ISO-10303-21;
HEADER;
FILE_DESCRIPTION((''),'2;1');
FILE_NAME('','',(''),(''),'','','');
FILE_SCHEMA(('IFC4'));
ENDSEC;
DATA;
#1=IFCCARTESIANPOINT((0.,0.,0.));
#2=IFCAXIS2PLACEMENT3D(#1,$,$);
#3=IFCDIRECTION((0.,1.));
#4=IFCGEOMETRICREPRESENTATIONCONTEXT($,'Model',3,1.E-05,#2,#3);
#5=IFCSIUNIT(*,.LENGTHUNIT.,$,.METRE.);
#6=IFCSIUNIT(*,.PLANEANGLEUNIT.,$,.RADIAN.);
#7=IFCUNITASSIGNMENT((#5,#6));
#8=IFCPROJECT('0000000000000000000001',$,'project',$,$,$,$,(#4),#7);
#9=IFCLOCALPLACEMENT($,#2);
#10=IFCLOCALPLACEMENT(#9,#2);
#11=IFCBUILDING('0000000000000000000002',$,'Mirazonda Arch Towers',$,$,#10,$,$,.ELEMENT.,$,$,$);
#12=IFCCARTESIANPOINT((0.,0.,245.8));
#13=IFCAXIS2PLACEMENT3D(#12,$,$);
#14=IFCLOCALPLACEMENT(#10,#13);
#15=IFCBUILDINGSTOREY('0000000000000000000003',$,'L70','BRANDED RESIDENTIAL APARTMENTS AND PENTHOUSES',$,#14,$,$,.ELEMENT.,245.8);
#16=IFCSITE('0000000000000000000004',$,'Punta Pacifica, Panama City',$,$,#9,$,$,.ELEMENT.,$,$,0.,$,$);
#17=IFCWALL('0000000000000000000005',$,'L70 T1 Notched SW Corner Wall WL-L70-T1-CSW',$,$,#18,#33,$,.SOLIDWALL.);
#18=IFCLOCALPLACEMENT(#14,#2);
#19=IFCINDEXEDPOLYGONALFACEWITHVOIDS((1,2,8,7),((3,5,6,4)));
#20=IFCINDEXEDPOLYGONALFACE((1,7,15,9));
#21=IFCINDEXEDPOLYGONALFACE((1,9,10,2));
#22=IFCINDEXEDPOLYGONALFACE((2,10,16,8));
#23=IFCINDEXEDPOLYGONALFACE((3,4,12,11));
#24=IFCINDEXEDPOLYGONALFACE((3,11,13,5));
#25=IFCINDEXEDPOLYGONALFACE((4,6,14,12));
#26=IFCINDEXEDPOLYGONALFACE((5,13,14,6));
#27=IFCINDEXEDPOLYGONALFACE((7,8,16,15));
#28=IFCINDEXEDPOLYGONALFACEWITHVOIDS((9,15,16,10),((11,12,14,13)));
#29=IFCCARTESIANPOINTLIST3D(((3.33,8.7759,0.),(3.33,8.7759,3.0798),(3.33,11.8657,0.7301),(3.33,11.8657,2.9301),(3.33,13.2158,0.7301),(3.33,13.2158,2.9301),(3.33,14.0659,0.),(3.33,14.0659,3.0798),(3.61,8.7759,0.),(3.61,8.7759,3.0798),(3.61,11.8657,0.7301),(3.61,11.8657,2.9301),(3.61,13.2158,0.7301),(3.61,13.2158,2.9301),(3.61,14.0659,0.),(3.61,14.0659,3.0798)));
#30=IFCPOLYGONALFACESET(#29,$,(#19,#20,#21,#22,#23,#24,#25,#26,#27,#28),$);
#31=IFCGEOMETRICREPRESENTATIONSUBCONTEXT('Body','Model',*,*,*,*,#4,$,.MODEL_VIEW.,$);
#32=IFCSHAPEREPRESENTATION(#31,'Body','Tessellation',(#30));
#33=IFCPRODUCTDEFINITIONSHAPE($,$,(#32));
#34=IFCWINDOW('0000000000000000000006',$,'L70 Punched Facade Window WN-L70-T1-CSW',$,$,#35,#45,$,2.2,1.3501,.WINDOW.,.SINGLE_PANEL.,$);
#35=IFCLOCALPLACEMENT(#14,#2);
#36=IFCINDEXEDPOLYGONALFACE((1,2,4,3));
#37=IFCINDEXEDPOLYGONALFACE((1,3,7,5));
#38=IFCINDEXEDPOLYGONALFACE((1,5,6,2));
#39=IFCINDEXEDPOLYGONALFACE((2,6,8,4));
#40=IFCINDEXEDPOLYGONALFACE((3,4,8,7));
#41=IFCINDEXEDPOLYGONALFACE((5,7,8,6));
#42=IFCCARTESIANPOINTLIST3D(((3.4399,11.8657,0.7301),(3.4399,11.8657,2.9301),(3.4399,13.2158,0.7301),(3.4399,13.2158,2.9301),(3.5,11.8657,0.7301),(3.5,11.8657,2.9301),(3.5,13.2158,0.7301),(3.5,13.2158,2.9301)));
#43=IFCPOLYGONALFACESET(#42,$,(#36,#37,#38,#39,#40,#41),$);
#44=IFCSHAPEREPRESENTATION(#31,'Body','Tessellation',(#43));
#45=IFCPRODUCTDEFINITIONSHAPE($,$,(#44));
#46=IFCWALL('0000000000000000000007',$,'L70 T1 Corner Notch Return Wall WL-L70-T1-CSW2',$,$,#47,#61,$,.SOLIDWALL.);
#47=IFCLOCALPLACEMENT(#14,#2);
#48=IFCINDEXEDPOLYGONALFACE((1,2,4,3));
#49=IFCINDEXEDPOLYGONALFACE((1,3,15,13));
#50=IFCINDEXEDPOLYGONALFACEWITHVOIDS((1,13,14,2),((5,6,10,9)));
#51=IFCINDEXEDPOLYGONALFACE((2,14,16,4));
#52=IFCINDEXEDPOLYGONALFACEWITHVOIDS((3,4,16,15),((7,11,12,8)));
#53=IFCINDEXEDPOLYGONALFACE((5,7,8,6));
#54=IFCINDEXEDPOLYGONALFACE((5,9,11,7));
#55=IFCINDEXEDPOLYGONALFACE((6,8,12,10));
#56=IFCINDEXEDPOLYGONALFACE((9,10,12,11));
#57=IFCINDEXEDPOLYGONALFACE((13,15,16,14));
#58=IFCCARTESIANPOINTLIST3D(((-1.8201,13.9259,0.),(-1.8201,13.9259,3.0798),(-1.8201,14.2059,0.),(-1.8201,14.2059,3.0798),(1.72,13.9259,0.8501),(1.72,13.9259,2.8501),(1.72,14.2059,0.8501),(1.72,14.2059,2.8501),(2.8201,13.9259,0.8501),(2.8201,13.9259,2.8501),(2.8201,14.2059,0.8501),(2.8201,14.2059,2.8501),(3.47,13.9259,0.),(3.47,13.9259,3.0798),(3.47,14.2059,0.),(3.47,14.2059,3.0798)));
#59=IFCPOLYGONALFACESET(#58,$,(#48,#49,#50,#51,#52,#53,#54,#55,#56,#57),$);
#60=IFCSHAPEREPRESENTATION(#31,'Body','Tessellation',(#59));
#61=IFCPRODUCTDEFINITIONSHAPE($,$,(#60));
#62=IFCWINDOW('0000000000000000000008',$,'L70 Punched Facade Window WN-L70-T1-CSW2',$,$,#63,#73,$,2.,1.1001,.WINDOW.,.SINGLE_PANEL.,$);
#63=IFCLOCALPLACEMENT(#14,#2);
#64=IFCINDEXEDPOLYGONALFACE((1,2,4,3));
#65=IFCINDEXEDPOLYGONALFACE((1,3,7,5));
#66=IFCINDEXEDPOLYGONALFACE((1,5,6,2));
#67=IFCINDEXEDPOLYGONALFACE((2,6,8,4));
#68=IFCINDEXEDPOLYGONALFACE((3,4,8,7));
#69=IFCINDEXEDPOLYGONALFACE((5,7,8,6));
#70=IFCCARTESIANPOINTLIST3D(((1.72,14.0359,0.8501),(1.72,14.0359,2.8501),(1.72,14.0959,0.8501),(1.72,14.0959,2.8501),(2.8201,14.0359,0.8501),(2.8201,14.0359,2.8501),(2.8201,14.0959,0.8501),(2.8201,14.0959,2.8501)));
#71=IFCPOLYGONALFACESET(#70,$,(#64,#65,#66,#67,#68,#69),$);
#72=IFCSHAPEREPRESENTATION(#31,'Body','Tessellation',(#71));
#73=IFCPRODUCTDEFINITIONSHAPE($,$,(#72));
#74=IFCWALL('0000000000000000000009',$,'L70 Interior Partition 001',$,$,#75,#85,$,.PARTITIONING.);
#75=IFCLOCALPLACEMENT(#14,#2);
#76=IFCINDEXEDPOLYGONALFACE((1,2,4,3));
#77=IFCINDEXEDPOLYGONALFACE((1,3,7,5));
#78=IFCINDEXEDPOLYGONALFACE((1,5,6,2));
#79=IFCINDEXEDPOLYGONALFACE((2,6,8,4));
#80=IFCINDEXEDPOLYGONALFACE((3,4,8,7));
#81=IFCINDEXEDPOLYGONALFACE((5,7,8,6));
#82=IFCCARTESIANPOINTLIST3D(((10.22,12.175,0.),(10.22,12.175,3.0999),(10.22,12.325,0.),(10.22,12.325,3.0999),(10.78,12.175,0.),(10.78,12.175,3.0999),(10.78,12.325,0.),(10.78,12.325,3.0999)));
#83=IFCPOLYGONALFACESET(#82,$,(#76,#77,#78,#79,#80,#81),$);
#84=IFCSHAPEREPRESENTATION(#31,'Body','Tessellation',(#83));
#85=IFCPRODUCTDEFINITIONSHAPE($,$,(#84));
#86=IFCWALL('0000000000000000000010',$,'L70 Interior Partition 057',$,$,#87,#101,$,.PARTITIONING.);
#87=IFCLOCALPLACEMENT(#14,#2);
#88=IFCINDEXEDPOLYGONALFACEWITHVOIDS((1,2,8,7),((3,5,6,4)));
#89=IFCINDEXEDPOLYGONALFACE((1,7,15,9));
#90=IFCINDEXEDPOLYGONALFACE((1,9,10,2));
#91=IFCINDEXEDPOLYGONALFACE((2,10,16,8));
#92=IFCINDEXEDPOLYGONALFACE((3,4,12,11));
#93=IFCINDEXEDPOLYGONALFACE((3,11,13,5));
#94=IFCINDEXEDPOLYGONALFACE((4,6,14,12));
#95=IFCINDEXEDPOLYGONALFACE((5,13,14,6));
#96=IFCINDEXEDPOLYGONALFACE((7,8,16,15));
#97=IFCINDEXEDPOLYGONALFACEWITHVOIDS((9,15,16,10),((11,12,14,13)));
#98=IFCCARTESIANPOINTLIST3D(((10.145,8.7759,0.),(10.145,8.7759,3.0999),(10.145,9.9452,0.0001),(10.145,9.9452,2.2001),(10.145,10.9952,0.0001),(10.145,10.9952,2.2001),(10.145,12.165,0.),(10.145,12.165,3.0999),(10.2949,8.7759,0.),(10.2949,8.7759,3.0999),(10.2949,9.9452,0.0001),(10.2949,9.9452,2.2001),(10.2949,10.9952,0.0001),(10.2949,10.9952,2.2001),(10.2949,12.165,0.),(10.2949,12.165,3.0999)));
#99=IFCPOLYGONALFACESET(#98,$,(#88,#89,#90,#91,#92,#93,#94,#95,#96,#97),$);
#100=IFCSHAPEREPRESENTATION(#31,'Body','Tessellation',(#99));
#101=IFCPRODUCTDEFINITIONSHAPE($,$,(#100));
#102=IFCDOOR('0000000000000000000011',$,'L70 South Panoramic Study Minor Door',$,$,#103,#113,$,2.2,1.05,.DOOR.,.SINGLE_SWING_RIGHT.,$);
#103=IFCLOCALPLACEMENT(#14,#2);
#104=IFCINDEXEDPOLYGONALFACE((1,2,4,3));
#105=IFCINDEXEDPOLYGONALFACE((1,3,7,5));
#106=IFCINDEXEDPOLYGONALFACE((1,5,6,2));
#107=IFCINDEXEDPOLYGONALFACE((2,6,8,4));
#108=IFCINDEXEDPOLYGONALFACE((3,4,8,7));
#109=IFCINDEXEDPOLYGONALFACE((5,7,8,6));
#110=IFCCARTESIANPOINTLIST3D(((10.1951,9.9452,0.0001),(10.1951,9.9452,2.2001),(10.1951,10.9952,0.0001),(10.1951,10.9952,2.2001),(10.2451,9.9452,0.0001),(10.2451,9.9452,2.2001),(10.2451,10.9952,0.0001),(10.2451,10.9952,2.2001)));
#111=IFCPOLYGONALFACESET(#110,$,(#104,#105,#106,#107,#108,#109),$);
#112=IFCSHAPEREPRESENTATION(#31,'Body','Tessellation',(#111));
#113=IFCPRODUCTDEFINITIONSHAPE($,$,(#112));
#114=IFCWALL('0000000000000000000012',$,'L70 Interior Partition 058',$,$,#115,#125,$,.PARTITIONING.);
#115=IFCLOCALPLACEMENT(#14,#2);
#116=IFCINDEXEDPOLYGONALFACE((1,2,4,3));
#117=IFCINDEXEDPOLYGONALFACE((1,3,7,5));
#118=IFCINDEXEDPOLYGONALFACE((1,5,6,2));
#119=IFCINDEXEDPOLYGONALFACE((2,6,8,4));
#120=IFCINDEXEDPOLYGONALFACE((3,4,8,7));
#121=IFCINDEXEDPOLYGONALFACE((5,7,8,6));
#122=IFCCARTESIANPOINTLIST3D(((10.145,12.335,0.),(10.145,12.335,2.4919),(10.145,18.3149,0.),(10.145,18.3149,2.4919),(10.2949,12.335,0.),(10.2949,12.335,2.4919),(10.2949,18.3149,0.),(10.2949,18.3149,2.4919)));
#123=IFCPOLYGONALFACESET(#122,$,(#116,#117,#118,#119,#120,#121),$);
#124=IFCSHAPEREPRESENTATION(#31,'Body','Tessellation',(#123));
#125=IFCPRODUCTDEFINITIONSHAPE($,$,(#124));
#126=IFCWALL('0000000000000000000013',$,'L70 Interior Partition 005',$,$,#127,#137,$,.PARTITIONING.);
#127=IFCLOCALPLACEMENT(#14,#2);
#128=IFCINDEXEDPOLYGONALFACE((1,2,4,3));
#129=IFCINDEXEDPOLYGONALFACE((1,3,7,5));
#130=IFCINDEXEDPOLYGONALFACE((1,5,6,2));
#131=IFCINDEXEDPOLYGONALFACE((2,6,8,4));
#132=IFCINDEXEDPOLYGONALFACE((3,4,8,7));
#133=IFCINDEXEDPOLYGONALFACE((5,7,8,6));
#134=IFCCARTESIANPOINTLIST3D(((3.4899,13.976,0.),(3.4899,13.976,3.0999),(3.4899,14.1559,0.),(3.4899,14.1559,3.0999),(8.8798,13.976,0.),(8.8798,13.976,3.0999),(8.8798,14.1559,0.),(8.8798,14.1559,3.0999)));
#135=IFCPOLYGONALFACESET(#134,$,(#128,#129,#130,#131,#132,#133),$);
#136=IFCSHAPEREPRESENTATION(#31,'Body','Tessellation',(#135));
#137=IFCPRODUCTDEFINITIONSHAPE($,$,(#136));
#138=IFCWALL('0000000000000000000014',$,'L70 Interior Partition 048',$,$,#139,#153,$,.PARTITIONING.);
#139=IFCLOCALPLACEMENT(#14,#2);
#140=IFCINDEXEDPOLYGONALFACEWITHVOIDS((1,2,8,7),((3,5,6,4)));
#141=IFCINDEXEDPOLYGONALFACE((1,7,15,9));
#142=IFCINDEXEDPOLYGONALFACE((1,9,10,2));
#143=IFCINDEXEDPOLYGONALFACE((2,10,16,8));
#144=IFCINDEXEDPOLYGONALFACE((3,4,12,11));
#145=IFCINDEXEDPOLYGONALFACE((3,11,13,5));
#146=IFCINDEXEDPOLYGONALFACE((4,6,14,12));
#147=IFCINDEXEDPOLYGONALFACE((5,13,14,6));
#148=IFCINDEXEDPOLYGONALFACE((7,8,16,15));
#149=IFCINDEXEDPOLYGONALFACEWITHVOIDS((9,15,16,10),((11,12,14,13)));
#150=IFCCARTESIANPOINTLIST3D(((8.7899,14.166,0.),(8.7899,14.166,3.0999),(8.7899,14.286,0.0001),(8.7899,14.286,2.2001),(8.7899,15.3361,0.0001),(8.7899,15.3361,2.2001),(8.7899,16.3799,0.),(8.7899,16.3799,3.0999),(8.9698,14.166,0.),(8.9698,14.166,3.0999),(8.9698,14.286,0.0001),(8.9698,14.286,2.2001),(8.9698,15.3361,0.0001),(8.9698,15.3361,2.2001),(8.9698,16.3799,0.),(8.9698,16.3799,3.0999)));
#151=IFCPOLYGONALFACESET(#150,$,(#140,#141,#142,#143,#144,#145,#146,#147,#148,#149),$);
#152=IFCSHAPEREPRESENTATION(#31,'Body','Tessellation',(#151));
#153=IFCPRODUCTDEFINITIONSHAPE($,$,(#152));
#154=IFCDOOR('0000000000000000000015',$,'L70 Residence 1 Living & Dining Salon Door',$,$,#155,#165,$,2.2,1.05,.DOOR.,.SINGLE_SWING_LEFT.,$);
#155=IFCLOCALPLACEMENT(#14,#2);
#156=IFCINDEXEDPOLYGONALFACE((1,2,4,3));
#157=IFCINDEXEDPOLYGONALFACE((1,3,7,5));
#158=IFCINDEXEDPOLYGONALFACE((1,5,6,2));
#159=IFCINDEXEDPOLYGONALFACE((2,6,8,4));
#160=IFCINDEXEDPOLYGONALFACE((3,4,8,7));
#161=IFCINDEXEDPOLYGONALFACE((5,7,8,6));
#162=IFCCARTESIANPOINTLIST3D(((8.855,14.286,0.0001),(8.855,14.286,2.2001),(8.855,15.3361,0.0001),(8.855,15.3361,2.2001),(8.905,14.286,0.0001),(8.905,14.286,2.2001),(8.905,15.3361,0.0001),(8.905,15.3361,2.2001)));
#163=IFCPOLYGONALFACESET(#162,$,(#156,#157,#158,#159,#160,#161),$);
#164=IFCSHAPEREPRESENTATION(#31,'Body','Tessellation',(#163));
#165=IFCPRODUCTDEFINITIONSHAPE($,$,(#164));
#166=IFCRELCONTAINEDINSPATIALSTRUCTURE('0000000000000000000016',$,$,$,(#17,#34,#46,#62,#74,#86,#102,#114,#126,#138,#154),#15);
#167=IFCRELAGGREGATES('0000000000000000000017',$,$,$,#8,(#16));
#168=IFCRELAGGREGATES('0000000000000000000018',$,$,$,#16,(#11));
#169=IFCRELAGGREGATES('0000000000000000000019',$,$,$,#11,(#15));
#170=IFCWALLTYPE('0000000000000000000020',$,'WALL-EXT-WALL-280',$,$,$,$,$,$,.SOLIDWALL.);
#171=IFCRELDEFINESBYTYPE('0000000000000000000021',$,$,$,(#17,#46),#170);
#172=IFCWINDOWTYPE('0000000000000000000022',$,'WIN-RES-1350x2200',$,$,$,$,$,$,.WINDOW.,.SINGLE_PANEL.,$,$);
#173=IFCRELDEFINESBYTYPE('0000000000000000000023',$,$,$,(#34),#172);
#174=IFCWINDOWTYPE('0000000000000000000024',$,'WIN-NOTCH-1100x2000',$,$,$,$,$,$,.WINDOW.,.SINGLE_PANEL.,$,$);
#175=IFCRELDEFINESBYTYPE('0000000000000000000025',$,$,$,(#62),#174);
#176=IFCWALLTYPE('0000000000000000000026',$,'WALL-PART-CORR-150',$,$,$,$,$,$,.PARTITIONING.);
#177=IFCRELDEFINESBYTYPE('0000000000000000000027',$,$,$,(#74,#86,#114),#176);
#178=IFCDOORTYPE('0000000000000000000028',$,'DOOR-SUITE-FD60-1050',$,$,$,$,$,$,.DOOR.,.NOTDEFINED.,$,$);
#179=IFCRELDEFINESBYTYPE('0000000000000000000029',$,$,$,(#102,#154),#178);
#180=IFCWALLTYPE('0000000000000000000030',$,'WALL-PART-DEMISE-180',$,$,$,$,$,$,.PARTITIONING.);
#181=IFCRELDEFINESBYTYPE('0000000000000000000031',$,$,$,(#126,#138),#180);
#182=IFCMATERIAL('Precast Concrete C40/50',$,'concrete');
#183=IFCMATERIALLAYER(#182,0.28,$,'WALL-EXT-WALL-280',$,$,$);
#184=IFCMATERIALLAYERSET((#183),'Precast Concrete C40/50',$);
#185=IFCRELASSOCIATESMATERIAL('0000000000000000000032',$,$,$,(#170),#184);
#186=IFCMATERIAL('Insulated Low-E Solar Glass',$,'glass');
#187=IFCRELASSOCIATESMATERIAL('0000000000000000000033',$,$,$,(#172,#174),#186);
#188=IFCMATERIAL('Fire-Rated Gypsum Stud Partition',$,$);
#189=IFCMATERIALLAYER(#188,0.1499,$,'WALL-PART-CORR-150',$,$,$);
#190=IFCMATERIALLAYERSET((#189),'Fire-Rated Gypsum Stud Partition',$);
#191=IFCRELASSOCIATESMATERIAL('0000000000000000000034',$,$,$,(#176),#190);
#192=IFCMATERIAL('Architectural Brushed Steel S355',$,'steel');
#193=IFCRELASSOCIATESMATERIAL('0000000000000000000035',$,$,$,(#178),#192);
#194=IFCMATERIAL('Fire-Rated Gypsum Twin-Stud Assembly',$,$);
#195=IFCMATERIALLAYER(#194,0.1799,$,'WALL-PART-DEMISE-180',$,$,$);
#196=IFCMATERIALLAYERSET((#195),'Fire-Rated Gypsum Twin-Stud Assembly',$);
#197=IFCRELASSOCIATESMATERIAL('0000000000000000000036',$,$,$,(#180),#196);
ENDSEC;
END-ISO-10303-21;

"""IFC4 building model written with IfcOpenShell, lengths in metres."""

from ifc_helpers import new_model, si_unit, direction, frame, frame_2d, origin, place, context, subcontext, project, spatial, rectangle, extrude, material, layer, layer_set, type_object, element, fill, save


model = new_model("IFC4")

# Units and contexts
model_context = context("Model", 3, precision=1e-05, world=origin(), true_north=direction((0.0, 1.0)))
body_context = subcontext(model_context, "Body", "Model", "MODEL_VIEW")
ifc_project = project(units=[si_unit("LENGTHUNIT", "METRE"), si_unit("PLANEANGLEUNIT", "RADIAN")], contexts=[model_context])

# Site, building, storey
site_placement = place(None, origin())
site = spatial("IfcSite", under=ifc_project, at=site_placement, Name="Punta Pacifica, Panama City", CompositionType="ELEMENT", RefElevation=0.0)
building_placement = place(site_placement, origin())
building = spatial("IfcBuilding", under=site, at=building_placement, Name="Mirazonda Arch Towers", CompositionType="ELEMENT")
storey_placement = place(building_placement, frame((0.0, 0.0, 245.8)))
storey = spatial("IfcBuildingStorey", under=building, at=storey_placement, Name="L70", Description="BRANDED RESIDENTIAL APARTMENTS AND PENTHOUSES", CompositionType="ELEMENT", Elevation=245.8)

# Shared definitions
ifc_material_1 = material(Name="Insulated Low-E Solar Glass", Category="glass")

# Walls, openings, windows
ifc_material_2 = material(Name="Precast Concrete C40/50", Category="concrete")
ifc_layer_1 = layer(ifc_material_2, 0.28, Name="WALL-EXT-WALL-280")
ifc_layer_set_1 = layer_set([ifc_layer_1], Name="Precast Concrete C40/50")
wall_type_1 = type_object("IfcWallType", Name="WALL-EXT-WALL-280", PredefinedType="SOLIDWALL", material=ifc_layer_set_1)
wall_1_placement = place(storey_placement, frame((3.47, 14.0659, 0.0), z_axis=(0.0, 0.0, 1.0), x_axis=(0.0, -1.0, 0.0)))
wall_1 = element("IfcWall", 1, at=wall_1_placement, inside=storey, type_object=wall_type_1, Name="L70 T1 Notched SW Corner Wall WL-L70-T1-CSW", PredefinedType="SOLIDWALL", context=body_context, shape_type="SweptSolid", body=[
    extrude(rectangle(XDim=5.29, YDim=0.28, at=frame_2d((2.645, 0.0))), origin(), (0.0, 0.0, 1.0), 3.0798),
])
opening_1_placement = place(wall_1_placement, frame((0.8501, 0.0, 0.73)))
opening_1 = element("IfcOpeningElement", 2, at=opening_1_placement, cuts=wall_1, PredefinedType="OPENING", context=body_context, shape_type="SweptSolid", body=[
    extrude(rectangle(XDim=1.3501, YDim=2.2, at=frame_2d((0.675, 1.1001))), frame((0.0, 0.1499, 0.0), z_axis=(0.0, -1.0, 0.0), x_axis=(1.0, 0.0, 0.0)), (0.0, 0.0, 1.0), 0.3),
])
window_type_1 = type_object("IfcWindowType", Name="WIN-RES-1350x2200", PartitioningType="SINGLE_PANEL", PredefinedType="WINDOW", material=ifc_material_1)
window_1_placement = place(opening_1_placement, origin())
window_1 = element("IfcWindow", 3, at=window_1_placement, inside=storey, type_object=window_type_1, Name="L70 Punched Facade Window WN-L70-T1-CSW", OverallHeight=2.2, OverallWidth=1.3501, PartitioningType="SINGLE_PANEL", PredefinedType="WINDOW", context=body_context, shape_type="SweptSolid", body=[
    extrude(rectangle(XDim=1.3501, YDim=2.2, at=frame_2d((0.675, 1.1001))), frame((0.0, 0.03, 0.0), z_axis=(0.0, -1.0, 0.0), x_axis=(1.0, 0.0, 0.0)), (0.0, 0.0, 1.0), 0.0601),
])
fill(opening_1, window_1)
wall_2_placement = place(storey_placement, frame((-1.8201, 14.0659, 0.0), z_axis=(0.0, 0.0, 1.0), x_axis=(1.0, 0.0, 0.0)))
wall_2 = element("IfcWall", 4, at=wall_2_placement, inside=storey, type_object=wall_type_1, Name="L70 T1 Corner Notch Return Wall WL-L70-T1-CSW2", PredefinedType="SOLIDWALL", context=body_context, shape_type="SweptSolid", body=[
    extrude(rectangle(XDim=5.29, YDim=0.28, at=frame_2d((2.645, 0.0))), origin(), (0.0, 0.0, 1.0), 3.0798),
])
opening_2_placement = place(wall_2_placement, frame((3.54, 0.0, 0.8501)))
opening_2 = element("IfcOpeningElement", 5, at=opening_2_placement, cuts=wall_2, PredefinedType="OPENING", context=body_context, shape_type="SweptSolid", body=[
    extrude(rectangle(XDim=1.1001, YDim=2.0, at=frame_2d((0.55, 1.0))), frame((0.0, 0.1499, 0.0), z_axis=(0.0, -1.0, 0.0), x_axis=(1.0, 0.0, 0.0)), (0.0, 0.0, 1.0), 0.3),
])
window_type_2 = type_object("IfcWindowType", Name="WIN-NOTCH-1100x2000", PartitioningType="SINGLE_PANEL", PredefinedType="WINDOW", material=ifc_material_1)
window_2_placement = place(opening_2_placement, origin())
window_2 = element("IfcWindow", 6, at=window_2_placement, inside=storey, type_object=window_type_2, Name="L70 Punched Facade Window WN-L70-T1-CSW2", OverallHeight=2.0, OverallWidth=1.1001, PartitioningType="SINGLE_PANEL", PredefinedType="WINDOW", context=body_context, shape_type="SweptSolid", body=[
    extrude(rectangle(XDim=1.1001, YDim=2.0, at=frame_2d((0.55, 1.0))), frame((0.0, 0.03, 0.0), z_axis=(0.0, -1.0, 0.0), x_axis=(1.0, 0.0, 0.0)), (0.0, 0.0, 1.0), 0.0601),
])
fill(opening_2, window_2)

# Wall
ifc_material_3 = material(Name="Fire-Rated Gypsum Stud Partition")
ifc_layer_2 = layer(ifc_material_3, 0.1499, Name="WALL-PART-CORR-150")
ifc_layer_set_2 = layer_set([ifc_layer_2], Name="Fire-Rated Gypsum Stud Partition")
wall_type_2 = type_object("IfcWallType", Name="WALL-PART-CORR-150", PredefinedType="PARTITIONING", material=ifc_layer_set_2)
wall_3_placement = place(storey_placement, frame((10.22, 12.25, 0.0), z_axis=(0.0, 0.0, 1.0), x_axis=(1.0, 0.0, 0.0)))
element("IfcWall", 7, at=wall_3_placement, inside=storey, type_object=wall_type_2, Name="L70 Interior Partition 001", PredefinedType="PARTITIONING", context=body_context, shape_type="SweptSolid", body=[
    extrude(rectangle(XDim=0.5601, YDim=0.1499, at=frame_2d((0.28, 0.0))), origin(), (0.0, 0.0, 1.0), 3.0999),
])

# Wall, opening, door
wall_4_placement = place(storey_placement, frame((10.22, 8.7759, 0.0), z_axis=(0.0, 0.0, 1.0), x_axis=(0.0, 1.0, 0.0)))
wall_4 = element("IfcWall", 8, at=wall_4_placement, inside=storey, type_object=wall_type_2, Name="L70 Interior Partition 057", PredefinedType="PARTITIONING", context=body_context, shape_type="SweptSolid", body=[
    extrude(rectangle(XDim=3.3892, YDim=0.1499, at=frame_2d((1.6946, 0.0))), origin(), (0.0, 0.0, 1.0), 3.0999),
])
opening_3_placement = place(wall_4_placement, frame((1.1694, 0.0, 0.0)))
opening_3 = element("IfcOpeningElement", 9, at=opening_3_placement, cuts=wall_4, PredefinedType="OPENING", context=body_context, shape_type="SweptSolid", body=[
    extrude(rectangle(XDim=1.05, YDim=2.2, at=frame_2d((0.5249, 1.1001))), frame((0.0, 0.085, 0.0), z_axis=(0.0, -1.0, 0.0), x_axis=(1.0, 0.0, 0.0)), (0.0, 0.0, 1.0), 0.1699),
])
ifc_material_4 = material(Name="Architectural Brushed Steel S355", Category="steel")
door_type_1 = type_object("IfcDoorType", Name="DOOR-SUITE-FD60-1050", OperationType="NOTDEFINED", PredefinedType="DOOR", material=ifc_material_4)
door_1_placement = place(opening_3_placement, origin())
door_1 = element("IfcDoor", 10, at=door_1_placement, inside=storey, type_object=door_type_1, Name="L70 South Panoramic Study Minor Door", OperationType="SINGLE_SWING_RIGHT", OverallHeight=2.2, OverallWidth=1.05, PredefinedType="DOOR", context=body_context, shape_type="SweptSolid", body=[
    extrude(rectangle(XDim=1.05, YDim=2.2, at=frame_2d((0.5249, 1.1001))), frame((0.0, 0.0249, 0.0), z_axis=(0.0, -1.0, 0.0), x_axis=(1.0, 0.0, 0.0)), (0.0, 0.0, 1.0), 0.05),
])
fill(opening_3, door_1)

# Walls
wall_5_placement = place(storey_placement, frame((10.22, 12.335, 0.0), z_axis=(0.0, 0.0, 1.0), x_axis=(0.0, 1.0, 0.0)))
element("IfcWall", 11, at=wall_5_placement, inside=storey, type_object=wall_type_2, Name="L70 Interior Partition 058", PredefinedType="PARTITIONING", context=body_context, shape_type="SweptSolid", body=[
    extrude(rectangle(XDim=5.98, YDim=0.1499, at=frame_2d((2.99, 0.0))), origin(), (0.0, 0.0, 1.0), 2.4919),
])
ifc_material_5 = material(Name="Fire-Rated Gypsum Twin-Stud Assembly")
ifc_layer_3 = layer(ifc_material_5, 0.1799, Name="WALL-PART-DEMISE-180")
ifc_layer_set_3 = layer_set([ifc_layer_3], Name="Fire-Rated Gypsum Twin-Stud Assembly")
wall_type_3 = type_object("IfcWallType", Name="WALL-PART-DEMISE-180", PredefinedType="PARTITIONING", material=ifc_layer_set_3)
wall_6_placement = place(storey_placement, frame((3.49, 14.0659, 0.0), z_axis=(0.0, 0.0, 1.0), x_axis=(1.0, 0.0, 0.0)))
element("IfcWall", 12, at=wall_6_placement, inside=storey, type_object=wall_type_3, Name="L70 Interior Partition 005", PredefinedType="PARTITIONING", context=body_context, shape_type="SweptSolid", body=[
    extrude(rectangle(XDim=5.3899, YDim=0.1799, at=frame_2d((2.6948, 0.0))), origin(), (0.0, 0.0, 1.0), 3.0999),
])

# Wall, opening, door
wall_7_placement = place(storey_placement, frame((8.8799, 14.166, 0.0), z_axis=(0.0, 0.0, 1.0), x_axis=(0.0, 1.0, 0.0)))
wall_7 = element("IfcWall", 13, at=wall_7_placement, inside=storey, type_object=wall_type_3, Name="L70 Interior Partition 048", PredefinedType="PARTITIONING", context=body_context, shape_type="SweptSolid", body=[
    extrude(rectangle(XDim=2.2139, YDim=0.1799, at=frame_2d((1.1069, 0.0))), origin(), (0.0, 0.0, 1.0), 3.0999),
])
opening_4_placement = place(wall_7_placement, frame((0.1201, 0.0, 0.0)))
opening_4 = element("IfcOpeningElement", 14, at=opening_4_placement, cuts=wall_7, PredefinedType="OPENING", context=body_context, shape_type="SweptSolid", body=[
    extrude(rectangle(XDim=1.05, YDim=2.2, at=frame_2d((0.5249, 1.1001))), frame((0.0, 0.0999, 0.0), z_axis=(0.0, -1.0, 0.0), x_axis=(1.0, 0.0, 0.0)), (0.0, 0.0, 1.0), 0.2),
])
door_2_placement = place(opening_4_placement, origin())
door_2 = element("IfcDoor", 15, at=door_2_placement, inside=storey, type_object=door_type_1, Name="L70 Residence 1 Living & Dining Salon Door", OperationType="SINGLE_SWING_LEFT", OverallHeight=2.2, OverallWidth=1.05, PredefinedType="DOOR", context=body_context, shape_type="SweptSolid", body=[
    extrude(rectangle(XDim=1.05, YDim=2.2, at=frame_2d((0.5249, 1.1001))), frame((0.0, 0.0249, 0.0), z_axis=(0.0, -1.0, 0.0), x_axis=(1.0, 0.0, 0.0)), (0.0, 0.0, 1.0), 0.05),
])
fill(opening_4, door_2)

save(model, "model.ifc")
